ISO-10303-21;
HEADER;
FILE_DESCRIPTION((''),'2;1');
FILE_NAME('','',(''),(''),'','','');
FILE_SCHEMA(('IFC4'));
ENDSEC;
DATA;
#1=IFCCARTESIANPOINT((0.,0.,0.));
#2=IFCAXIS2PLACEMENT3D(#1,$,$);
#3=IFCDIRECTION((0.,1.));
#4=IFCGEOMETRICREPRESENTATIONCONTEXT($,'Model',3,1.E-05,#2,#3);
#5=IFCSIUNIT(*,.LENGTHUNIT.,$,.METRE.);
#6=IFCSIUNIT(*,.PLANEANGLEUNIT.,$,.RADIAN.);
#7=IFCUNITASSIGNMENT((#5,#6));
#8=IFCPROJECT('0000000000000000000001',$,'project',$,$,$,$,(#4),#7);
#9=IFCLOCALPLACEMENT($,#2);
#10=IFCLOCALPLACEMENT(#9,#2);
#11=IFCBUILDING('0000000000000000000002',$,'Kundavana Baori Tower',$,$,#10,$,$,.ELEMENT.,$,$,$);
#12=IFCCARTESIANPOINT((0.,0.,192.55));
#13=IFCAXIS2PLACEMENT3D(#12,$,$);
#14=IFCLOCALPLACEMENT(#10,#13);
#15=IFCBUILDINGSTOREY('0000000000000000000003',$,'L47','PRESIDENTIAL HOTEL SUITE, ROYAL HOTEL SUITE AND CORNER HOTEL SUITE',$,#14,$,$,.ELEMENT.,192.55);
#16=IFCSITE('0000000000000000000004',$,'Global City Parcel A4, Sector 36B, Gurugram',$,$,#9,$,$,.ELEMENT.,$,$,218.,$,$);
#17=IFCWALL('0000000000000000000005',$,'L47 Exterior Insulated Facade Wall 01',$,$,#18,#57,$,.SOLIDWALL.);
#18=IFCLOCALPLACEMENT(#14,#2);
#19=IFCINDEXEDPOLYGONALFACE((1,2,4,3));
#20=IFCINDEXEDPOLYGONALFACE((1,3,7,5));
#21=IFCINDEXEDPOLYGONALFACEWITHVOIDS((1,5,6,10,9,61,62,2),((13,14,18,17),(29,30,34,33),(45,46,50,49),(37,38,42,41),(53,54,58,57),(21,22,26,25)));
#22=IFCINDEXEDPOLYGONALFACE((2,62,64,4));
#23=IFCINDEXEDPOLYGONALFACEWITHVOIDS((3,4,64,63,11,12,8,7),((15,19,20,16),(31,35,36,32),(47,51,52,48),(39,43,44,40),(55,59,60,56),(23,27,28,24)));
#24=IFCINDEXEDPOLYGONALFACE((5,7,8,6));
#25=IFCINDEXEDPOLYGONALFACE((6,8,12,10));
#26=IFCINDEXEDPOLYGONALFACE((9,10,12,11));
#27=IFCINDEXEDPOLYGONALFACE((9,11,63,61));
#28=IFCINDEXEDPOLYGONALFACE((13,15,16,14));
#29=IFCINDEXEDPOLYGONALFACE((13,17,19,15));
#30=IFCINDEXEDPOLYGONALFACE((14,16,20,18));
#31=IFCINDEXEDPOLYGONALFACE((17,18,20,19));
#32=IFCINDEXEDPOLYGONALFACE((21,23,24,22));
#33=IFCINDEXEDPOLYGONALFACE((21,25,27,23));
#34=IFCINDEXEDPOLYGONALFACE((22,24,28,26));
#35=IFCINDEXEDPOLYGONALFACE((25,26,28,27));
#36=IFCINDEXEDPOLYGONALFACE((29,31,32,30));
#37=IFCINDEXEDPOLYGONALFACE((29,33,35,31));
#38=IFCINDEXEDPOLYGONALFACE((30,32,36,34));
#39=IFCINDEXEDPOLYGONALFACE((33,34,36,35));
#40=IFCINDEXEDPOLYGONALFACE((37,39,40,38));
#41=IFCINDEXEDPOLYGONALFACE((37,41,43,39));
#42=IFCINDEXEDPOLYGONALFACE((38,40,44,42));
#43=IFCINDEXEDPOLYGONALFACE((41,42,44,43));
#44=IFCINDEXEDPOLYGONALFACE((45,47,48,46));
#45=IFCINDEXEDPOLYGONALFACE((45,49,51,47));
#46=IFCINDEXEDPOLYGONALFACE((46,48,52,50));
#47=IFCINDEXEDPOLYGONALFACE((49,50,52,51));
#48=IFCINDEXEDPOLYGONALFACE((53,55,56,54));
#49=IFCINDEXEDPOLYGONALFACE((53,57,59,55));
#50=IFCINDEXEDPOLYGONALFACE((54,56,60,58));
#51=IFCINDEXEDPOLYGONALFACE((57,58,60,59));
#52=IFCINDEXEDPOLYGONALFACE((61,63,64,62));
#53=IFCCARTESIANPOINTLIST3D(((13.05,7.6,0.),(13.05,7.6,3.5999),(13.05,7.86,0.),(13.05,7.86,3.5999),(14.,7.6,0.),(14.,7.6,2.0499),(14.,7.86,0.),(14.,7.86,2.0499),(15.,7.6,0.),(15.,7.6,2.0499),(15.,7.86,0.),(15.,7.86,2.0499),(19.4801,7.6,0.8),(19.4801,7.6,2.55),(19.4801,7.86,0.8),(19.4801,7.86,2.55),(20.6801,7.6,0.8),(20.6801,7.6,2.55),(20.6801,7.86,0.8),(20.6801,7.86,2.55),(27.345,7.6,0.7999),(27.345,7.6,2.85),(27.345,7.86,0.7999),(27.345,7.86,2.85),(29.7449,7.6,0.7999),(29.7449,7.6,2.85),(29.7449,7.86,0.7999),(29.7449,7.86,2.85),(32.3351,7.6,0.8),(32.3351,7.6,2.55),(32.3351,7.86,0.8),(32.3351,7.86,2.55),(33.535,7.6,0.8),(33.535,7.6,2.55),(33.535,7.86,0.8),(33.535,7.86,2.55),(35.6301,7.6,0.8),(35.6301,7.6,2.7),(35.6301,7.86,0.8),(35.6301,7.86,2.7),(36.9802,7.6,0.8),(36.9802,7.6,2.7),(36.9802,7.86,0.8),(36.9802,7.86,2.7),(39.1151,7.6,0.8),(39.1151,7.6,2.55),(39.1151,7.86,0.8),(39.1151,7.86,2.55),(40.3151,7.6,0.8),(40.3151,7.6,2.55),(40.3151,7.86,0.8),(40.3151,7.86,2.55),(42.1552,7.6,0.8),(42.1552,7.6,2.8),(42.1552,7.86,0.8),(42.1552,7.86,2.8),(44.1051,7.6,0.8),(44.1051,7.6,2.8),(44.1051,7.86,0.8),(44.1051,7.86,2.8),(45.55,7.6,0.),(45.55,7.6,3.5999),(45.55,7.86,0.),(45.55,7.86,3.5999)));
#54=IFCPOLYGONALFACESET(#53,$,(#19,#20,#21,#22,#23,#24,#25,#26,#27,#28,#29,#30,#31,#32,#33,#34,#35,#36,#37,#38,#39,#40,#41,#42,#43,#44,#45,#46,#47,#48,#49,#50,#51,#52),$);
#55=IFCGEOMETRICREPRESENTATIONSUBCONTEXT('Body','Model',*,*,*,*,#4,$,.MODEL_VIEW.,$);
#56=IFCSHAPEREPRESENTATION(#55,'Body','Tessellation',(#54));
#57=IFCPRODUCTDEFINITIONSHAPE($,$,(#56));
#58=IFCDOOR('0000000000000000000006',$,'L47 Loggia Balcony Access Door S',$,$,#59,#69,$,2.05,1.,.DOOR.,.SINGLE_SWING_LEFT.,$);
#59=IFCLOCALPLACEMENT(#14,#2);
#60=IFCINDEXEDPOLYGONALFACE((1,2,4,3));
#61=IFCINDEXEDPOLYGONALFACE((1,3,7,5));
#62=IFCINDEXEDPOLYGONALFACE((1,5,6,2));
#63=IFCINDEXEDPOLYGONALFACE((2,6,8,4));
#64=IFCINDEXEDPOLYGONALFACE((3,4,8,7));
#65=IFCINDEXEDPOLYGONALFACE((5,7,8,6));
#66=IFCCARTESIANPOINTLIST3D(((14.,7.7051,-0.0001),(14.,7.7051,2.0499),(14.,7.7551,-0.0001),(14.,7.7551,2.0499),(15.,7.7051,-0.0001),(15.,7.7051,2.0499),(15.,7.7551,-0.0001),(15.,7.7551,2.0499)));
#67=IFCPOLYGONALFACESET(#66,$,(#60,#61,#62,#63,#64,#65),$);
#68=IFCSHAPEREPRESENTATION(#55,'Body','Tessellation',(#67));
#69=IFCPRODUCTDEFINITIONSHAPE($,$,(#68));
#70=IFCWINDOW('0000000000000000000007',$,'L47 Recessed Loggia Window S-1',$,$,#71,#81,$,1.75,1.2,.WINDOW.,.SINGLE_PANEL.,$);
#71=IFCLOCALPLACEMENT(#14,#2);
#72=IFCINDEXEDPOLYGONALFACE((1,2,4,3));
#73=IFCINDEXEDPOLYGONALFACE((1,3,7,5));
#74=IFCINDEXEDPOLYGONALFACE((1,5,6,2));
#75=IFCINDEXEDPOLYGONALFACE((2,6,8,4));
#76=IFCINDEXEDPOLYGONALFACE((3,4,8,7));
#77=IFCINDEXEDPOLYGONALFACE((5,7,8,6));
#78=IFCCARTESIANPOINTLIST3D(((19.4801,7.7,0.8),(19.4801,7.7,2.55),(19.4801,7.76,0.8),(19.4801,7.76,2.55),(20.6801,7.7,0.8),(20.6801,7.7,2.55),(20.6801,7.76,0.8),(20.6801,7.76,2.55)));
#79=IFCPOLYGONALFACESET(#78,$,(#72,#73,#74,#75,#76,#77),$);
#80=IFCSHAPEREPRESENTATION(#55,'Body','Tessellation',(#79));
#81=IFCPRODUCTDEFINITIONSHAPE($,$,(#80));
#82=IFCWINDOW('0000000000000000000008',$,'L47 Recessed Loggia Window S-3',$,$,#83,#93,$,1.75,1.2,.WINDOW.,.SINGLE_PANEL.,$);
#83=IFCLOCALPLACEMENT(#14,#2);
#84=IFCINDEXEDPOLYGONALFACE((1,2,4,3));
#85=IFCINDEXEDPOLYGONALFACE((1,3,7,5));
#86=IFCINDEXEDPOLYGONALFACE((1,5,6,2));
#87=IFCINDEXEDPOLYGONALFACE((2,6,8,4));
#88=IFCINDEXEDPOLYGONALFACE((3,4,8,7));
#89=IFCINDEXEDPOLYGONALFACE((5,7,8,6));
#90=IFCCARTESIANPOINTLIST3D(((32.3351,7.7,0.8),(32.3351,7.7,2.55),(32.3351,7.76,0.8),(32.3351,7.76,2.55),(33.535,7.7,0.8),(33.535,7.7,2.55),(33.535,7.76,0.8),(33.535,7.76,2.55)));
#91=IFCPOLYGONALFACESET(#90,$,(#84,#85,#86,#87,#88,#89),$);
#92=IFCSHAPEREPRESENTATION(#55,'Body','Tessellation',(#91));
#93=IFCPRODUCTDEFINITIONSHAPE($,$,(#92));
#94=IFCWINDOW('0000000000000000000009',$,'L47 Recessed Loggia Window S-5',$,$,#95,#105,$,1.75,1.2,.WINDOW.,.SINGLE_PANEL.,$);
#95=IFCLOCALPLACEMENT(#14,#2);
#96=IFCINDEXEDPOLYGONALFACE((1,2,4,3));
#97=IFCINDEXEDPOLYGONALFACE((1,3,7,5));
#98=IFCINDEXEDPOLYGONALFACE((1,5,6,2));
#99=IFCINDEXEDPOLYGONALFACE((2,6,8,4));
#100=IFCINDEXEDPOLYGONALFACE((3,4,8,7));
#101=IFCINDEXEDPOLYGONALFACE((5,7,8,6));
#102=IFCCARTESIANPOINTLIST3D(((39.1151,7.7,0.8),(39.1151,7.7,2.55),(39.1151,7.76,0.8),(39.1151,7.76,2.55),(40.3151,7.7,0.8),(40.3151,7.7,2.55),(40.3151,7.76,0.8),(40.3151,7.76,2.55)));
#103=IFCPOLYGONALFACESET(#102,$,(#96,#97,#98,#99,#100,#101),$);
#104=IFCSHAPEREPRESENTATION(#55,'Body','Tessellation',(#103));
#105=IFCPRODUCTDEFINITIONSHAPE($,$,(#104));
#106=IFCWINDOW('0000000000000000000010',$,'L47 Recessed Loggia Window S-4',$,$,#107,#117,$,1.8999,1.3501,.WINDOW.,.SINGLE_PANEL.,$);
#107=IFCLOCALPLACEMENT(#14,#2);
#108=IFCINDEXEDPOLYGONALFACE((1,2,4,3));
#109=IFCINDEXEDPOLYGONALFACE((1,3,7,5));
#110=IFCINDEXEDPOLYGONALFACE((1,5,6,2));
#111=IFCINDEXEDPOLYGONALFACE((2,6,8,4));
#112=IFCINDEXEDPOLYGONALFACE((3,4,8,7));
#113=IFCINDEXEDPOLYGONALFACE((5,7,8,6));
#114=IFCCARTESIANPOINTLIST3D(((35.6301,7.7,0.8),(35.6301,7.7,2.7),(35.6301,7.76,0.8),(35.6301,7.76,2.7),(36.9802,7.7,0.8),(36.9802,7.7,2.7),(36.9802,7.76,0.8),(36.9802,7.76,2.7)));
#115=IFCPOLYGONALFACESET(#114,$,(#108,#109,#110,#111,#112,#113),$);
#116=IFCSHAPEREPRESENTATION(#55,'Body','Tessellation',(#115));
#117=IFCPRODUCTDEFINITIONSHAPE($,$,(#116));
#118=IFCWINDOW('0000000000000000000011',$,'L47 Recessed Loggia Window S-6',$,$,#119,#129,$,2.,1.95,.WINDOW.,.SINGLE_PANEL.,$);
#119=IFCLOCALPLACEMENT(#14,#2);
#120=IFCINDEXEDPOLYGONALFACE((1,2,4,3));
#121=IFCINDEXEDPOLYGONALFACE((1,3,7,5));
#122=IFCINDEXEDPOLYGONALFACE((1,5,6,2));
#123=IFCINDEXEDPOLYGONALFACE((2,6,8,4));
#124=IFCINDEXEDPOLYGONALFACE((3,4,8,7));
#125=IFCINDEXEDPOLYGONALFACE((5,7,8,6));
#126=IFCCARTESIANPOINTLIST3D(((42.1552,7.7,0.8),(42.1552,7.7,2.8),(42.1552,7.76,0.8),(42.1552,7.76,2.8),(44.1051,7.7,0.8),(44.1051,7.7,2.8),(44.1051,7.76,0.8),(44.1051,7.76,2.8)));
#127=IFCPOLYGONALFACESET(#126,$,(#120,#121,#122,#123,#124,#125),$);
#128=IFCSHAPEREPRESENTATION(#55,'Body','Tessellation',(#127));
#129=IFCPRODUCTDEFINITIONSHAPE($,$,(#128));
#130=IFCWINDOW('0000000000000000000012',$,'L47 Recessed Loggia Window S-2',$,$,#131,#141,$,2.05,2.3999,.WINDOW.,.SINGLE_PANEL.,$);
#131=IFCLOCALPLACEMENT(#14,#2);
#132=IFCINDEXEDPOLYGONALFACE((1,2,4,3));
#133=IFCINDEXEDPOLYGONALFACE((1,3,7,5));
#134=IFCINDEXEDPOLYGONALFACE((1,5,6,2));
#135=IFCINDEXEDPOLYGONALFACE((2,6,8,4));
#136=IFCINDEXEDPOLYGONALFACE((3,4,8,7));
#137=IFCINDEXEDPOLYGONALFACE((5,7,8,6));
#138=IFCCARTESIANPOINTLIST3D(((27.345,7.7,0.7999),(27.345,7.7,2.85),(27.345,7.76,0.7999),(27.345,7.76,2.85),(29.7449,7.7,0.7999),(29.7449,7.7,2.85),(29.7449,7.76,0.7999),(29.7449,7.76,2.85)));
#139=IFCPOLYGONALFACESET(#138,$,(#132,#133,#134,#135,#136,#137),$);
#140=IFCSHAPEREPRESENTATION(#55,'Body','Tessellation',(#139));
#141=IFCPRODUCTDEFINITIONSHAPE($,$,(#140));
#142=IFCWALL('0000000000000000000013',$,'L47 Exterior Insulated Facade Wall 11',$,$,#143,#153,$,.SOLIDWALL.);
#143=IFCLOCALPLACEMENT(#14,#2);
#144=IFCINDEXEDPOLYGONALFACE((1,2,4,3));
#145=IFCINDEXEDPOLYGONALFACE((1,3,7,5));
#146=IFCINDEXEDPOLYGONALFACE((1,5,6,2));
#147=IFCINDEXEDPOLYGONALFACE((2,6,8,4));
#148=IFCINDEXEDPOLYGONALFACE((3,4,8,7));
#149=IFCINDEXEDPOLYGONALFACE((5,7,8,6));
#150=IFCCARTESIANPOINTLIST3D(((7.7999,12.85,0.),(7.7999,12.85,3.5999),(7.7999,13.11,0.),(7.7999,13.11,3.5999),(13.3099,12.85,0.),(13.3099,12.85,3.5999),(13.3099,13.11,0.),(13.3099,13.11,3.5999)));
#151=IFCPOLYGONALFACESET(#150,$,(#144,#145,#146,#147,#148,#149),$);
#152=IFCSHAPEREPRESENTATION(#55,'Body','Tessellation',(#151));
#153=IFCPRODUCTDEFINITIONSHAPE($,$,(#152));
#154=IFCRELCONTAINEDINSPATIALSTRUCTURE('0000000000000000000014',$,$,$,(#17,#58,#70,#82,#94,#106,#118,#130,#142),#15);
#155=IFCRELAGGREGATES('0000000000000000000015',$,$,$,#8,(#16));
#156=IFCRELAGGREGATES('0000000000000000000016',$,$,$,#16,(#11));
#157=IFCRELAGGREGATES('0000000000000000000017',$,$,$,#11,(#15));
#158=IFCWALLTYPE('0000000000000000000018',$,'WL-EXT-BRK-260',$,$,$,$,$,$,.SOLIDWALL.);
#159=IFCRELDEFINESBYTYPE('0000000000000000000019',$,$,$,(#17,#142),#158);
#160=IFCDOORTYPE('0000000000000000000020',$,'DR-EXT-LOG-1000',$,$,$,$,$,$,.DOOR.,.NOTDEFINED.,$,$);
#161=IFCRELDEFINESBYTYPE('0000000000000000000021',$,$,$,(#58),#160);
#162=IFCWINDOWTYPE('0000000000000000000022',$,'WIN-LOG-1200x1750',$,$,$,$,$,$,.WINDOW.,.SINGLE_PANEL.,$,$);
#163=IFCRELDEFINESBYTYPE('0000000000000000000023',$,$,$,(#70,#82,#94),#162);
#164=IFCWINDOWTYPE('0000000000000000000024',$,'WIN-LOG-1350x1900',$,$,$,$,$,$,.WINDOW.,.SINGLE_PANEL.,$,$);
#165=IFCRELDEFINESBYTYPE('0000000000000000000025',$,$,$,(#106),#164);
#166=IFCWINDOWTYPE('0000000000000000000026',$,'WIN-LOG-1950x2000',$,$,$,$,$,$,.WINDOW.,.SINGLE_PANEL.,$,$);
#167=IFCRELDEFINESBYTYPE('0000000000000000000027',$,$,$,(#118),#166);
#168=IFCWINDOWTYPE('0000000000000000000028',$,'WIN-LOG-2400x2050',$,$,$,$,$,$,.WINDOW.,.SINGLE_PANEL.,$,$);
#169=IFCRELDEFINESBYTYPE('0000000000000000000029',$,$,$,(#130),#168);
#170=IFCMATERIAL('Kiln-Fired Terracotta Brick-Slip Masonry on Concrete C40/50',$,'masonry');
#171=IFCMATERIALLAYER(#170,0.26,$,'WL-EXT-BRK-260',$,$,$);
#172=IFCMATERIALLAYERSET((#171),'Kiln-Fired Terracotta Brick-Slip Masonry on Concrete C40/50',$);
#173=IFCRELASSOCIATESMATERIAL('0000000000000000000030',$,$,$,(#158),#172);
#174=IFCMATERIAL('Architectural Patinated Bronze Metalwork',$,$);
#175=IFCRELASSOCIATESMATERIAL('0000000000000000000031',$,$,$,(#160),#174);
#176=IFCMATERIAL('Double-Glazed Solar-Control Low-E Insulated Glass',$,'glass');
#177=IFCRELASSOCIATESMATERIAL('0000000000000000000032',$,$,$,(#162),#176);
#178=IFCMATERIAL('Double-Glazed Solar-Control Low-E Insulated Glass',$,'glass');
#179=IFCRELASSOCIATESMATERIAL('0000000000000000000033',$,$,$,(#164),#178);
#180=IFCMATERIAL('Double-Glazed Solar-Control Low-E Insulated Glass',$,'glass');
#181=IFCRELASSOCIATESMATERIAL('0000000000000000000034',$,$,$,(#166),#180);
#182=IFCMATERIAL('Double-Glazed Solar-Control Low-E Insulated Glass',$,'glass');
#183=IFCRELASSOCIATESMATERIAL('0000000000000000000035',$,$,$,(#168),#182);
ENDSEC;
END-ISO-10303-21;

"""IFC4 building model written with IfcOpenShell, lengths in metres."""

from ifc_helpers import new_model, si_unit, direction, frame, frame_2d, origin, place, context, subcontext, project, spatial, rectangle, extrude, material, layer, layer_set, type_object, element, fill, save


model = new_model("IFC4")

# Units and contexts
model_context = context("Model", 3, precision=1e-05, world=origin(), true_north=direction((0.0, 1.0)))
body_context = subcontext(model_context, "Body", "Model", "MODEL_VIEW")
ifc_project = project(units=[si_unit("LENGTHUNIT", "METRE"), si_unit("PLANEANGLEUNIT", "RADIAN")], contexts=[model_context])

# Site, building, storey
site_placement = place(None, origin())
site = spatial("IfcSite", under=ifc_project, at=site_placement, Name="Global City Parcel A4, Sector 36B, Gurugram", CompositionType="ELEMENT", RefElevation=218.0)
building_placement = place(site_placement, origin())
building = spatial("IfcBuilding", under=site, at=building_placement, Name="Kundavana Baori Tower", CompositionType="ELEMENT")
storey_placement = place(building_placement, frame((0.0, 0.0, 192.55)))
storey = spatial("IfcBuildingStorey", under=building, at=storey_placement, Name="L47", Description="PRESIDENTIAL HOTEL SUITE, ROYAL HOTEL SUITE AND CORNER HOTEL SUITE", CompositionType="ELEMENT", Elevation=192.55)

# Wall, openings, door, windows
ifc_material_1 = material(Name="Kiln-Fired Terracotta Brick-Slip Masonry on Concrete C40/50", Category="masonry")
ifc_layer_1 = layer(ifc_material_1, 0.26, Name="WL-EXT-BRK-260")
ifc_layer_set_1 = layer_set([ifc_layer_1], Name="Kiln-Fired Terracotta Brick-Slip Masonry on Concrete C40/50")
wall_type_1 = type_object("IfcWallType", Name="WL-EXT-BRK-260", PredefinedType="SOLIDWALL", material=ifc_layer_set_1)
wall_1_placement = place(storey_placement, frame((13.05, 7.73, 0.0), z_axis=(0.0, 0.0, 1.0), x_axis=(1.0, 0.0, 0.0)))
wall_1 = element("IfcWall", 1, at=wall_1_placement, inside=storey, type_object=wall_type_1, Name="L47 Exterior Insulated Facade Wall 01", PredefinedType="SOLIDWALL", context=body_context, shape_type="SweptSolid", body=[
    extrude(rectangle(XDim=32.5, YDim=0.26, at=frame_2d((16.25, 0.0))), origin(), (0.0, 0.0, 1.0), 3.5999),
])
opening_1_placement = place(wall_1_placement, frame((0.95, 0.0, 0.0)))
opening_1 = element("IfcOpeningElement", 2, at=opening_1_placement, cuts=wall_1, PredefinedType="OPENING", context=body_context, shape_type="SweptSolid", body=[
    extrude(rectangle(XDim=1.0, YDim=2.05, at=frame_2d((0.5, 1.0249))), frame((0.0, 0.1401, 0.0), z_axis=(0.0, -1.0, 0.0), x_axis=(1.0, 0.0, 0.0)), (0.0, 0.0, 1.0), 0.28),
])
opening_2_placement = place(wall_1_placement, frame((6.4299, 0.0, 0.8)))
opening_2 = element("IfcOpeningElement", 3, at=opening_2_placement, cuts=wall_1, PredefinedType="OPENING", context=body_context, shape_type="SweptSolid", body=[
    extrude(rectangle(XDim=1.2, YDim=1.75, at=frame_2d((0.6001, 0.875))), frame((0.0, 0.1401, 0.0), z_axis=(0.0, -1.0, 0.0), x_axis=(1.0, 0.0, 0.0)), (0.0, 0.0, 1.0), 0.28),
])
opening_3_placement = place(wall_1_placement, frame((14.2949, 0.0, 0.8)))
opening_3 = element("IfcOpeningElement", 4, at=opening_3_placement, cuts=wall_1, PredefinedType="OPENING", context=body_context, shape_type="SweptSolid", body=[
    extrude(rectangle(XDim=2.3999, YDim=2.05, at=frame_2d((1.2, 1.0249))), frame((0.0, 0.1401, 0.0), z_axis=(0.0, -1.0, 0.0), x_axis=(1.0, 0.0, 0.0)), (0.0, 0.0, 1.0), 0.28),
])
opening_4_placement = place(wall_1_placement, frame((19.2849, 0.0, 0.8)))
opening_4 = element("IfcOpeningElement", 5, at=opening_4_placement, cuts=wall_1, PredefinedType="OPENING", context=body_context, shape_type="SweptSolid", body=[
    extrude(rectangle(XDim=1.2, YDim=1.75, at=frame_2d((0.6001, 0.875))), frame((0.0, 0.1401, 0.0), z_axis=(0.0, -1.0, 0.0), x_axis=(1.0, 0.0, 0.0)), (0.0, 0.0, 1.0), 0.28),
])
opening_5_placement = place(wall_1_placement, frame((22.5801, 0.0, 0.8)))
opening_5 = element("IfcOpeningElement", 6, at=opening_5_placement, cuts=wall_1, PredefinedType="OPENING", context=body_context, shape_type="SweptSolid", body=[
    extrude(rectangle(XDim=1.3501, YDim=1.8999, at=frame_2d((0.675, 0.95))), frame((0.0, 0.1401, 0.0), z_axis=(0.0, -1.0, 0.0), x_axis=(1.0, 0.0, 0.0)), (0.0, 0.0, 1.0), 0.28),
])
opening_6_placement = place(wall_1_placement, frame((26.0649, 0.0, 0.8)))
opening_6 = element("IfcOpeningElement", 7, at=opening_6_placement, cuts=wall_1, PredefinedType="OPENING", context=body_context, shape_type="SweptSolid", body=[
    extrude(rectangle(XDim=1.2, YDim=1.75, at=frame_2d((0.6001, 0.875))), frame((0.0, 0.1401, 0.0), z_axis=(0.0, -1.0, 0.0), x_axis=(1.0, 0.0, 0.0)), (0.0, 0.0, 1.0), 0.28),
])
opening_7_placement = place(wall_1_placement, frame((29.105, 0.0, 0.8)))
opening_7 = element("IfcOpeningElement", 8, at=opening_7_placement, cuts=wall_1, PredefinedType="OPENING", context=body_context, shape_type="SweptSolid", body=[
    extrude(rectangle(XDim=1.95, YDim=2.0, at=frame_2d((0.9751, 1.0))), frame((0.0, 0.1401, 0.0), z_axis=(0.0, -1.0, 0.0), x_axis=(1.0, 0.0, 0.0)), (0.0, 0.0, 1.0), 0.28),
])
ifc_material_2 = material(Name="Architectural Patinated Bronze Metalwork")
door_type = type_object("IfcDoorType", Name="DR-EXT-LOG-1000", OperationType="NOTDEFINED", PredefinedType="DOOR", material=ifc_material_2)
door_placement = place(opening_1_placement, frame((1.0, 0.0, 0.0), z_axis=(0.0, 0.0, 1.0), x_axis=(-1.0, 0.0, 0.0)))
door = element("IfcDoor", 9, at=door_placement, inside=storey, type_object=door_type, Name="L47 Loggia Balcony Access Door S", OperationType="SINGLE_SWING_LEFT", OverallHeight=2.05, OverallWidth=1.0, PredefinedType="DOOR", context=body_context, shape_type="SweptSolid", body=[
    extrude(rectangle(XDim=1.0, YDim=2.05, at=frame_2d((0.5, 1.0249))), frame((0.0, 0.0249, 0.0), z_axis=(0.0, -1.0, 0.0), x_axis=(1.0, 0.0, 0.0)), (0.0, 0.0, 1.0), 0.05),
])
fill(opening_1, door)
ifc_material_3 = material(Name="Double-Glazed Solar-Control Low-E Insulated Glass", Category="glass")
window_type_1 = type_object("IfcWindowType", Name="WIN-LOG-1200x1750", PartitioningType="SINGLE_PANEL", PredefinedType="WINDOW", material=ifc_material_3)
window_1_placement = place(opening_2_placement, origin())
window_1 = element("IfcWindow", 10, at=window_1_placement, inside=storey, type_object=window_type_1, Name="L47 Recessed Loggia Window S-1", OverallHeight=1.75, OverallWidth=1.2, PartitioningType="SINGLE_PANEL", PredefinedType="WINDOW", context=body_context, shape_type="SweptSolid", body=[
    extrude(rectangle(XDim=1.2, YDim=1.75, at=frame_2d((0.6001, 0.875))), frame((0.0, 0.03, 0.0), z_axis=(0.0, -1.0, 0.0), x_axis=(1.0, 0.0, 0.0)), (0.0, 0.0, 1.0), 0.0601),
])
fill(opening_2, window_1)
window_2_placement = place(opening_4_placement, origin())
window_2 = element("IfcWindow", 11, at=window_2_placement, inside=storey, type_object=window_type_1, Name="L47 Recessed Loggia Window S-3", OverallHeight=1.75, OverallWidth=1.2, PartitioningType="SINGLE_PANEL", PredefinedType="WINDOW", context=body_context, shape_type="SweptSolid", body=[
    extrude(rectangle(XDim=1.2, YDim=1.75, at=frame_2d((0.6001, 0.875))), frame((0.0, 0.03, 0.0), z_axis=(0.0, -1.0, 0.0), x_axis=(1.0, 0.0, 0.0)), (0.0, 0.0, 1.0), 0.0601),
])
fill(opening_4, window_2)
window_3_placement = place(opening_6_placement, origin())
window_3 = element("IfcWindow", 12, at=window_3_placement, inside=storey, type_object=window_type_1, Name="L47 Recessed Loggia Window S-5", OverallHeight=1.75, OverallWidth=1.2, PartitioningType="SINGLE_PANEL", PredefinedType="WINDOW", context=body_context, shape_type="SweptSolid", body=[
    extrude(rectangle(XDim=1.2, YDim=1.75, at=frame_2d((0.6001, 0.875))), frame((0.0, 0.03, 0.0), z_axis=(0.0, -1.0, 0.0), x_axis=(1.0, 0.0, 0.0)), (0.0, 0.0, 1.0), 0.0601),
])
fill(opening_6, window_3)
ifc_material_4 = material(Name="Double-Glazed Solar-Control Low-E Insulated Glass", Category="glass")
window_type_2 = type_object("IfcWindowType", Name="WIN-LOG-1350x1900", PartitioningType="SINGLE_PANEL", PredefinedType="WINDOW", material=ifc_material_4)
window_4_placement = place(opening_5_placement, origin())
window_4 = element("IfcWindow", 13, at=window_4_placement, inside=storey, type_object=window_type_2, Name="L47 Recessed Loggia Window S-4", OverallHeight=1.8999, OverallWidth=1.3501, PartitioningType="SINGLE_PANEL", PredefinedType="WINDOW", context=body_context, shape_type="SweptSolid", body=[
    extrude(rectangle(XDim=1.3501, YDim=1.8999, at=frame_2d((0.675, 0.95))), frame((0.0, 0.03, 0.0), z_axis=(0.0, -1.0, 0.0), x_axis=(1.0, 0.0, 0.0)), (0.0, 0.0, 1.0), 0.0601),
])
fill(opening_5, window_4)
ifc_material_5 = material(Name="Double-Glazed Solar-Control Low-E Insulated Glass", Category="glass")
window_type_3 = type_object("IfcWindowType", Name="WIN-LOG-1950x2000", PartitioningType="SINGLE_PANEL", PredefinedType="WINDOW", material=ifc_material_5)
window_5_placement = place(opening_7_placement, origin())
window_5 = element("IfcWindow", 14, at=window_5_placement, inside=storey, type_object=window_type_3, Name="L47 Recessed Loggia Window S-6", OverallHeight=2.0, OverallWidth=1.95, PartitioningType="SINGLE_PANEL", PredefinedType="WINDOW", context=body_context, shape_type="SweptSolid", body=[
    extrude(rectangle(XDim=1.95, YDim=2.0, at=frame_2d((0.9751, 1.0))), frame((0.0, 0.03, 0.0), z_axis=(0.0, -1.0, 0.0), x_axis=(1.0, 0.0, 0.0)), (0.0, 0.0, 1.0), 0.0601),
])
fill(opening_7, window_5)
ifc_material_6 = material(Name="Double-Glazed Solar-Control Low-E Insulated Glass", Category="glass")
window_type_4 = type_object("IfcWindowType", Name="WIN-LOG-2400x2050", PartitioningType="SINGLE_PANEL", PredefinedType="WINDOW", material=ifc_material_6)
window_6_placement = place(opening_3_placement, origin())
window_6 = element("IfcWindow", 15, at=window_6_placement, inside=storey, type_object=window_type_4, Name="L47 Recessed Loggia Window S-2", OverallHeight=2.05, OverallWidth=2.3999, PartitioningType="SINGLE_PANEL", PredefinedType="WINDOW", context=body_context, shape_type="SweptSolid", body=[
    extrude(rectangle(XDim=2.3999, YDim=2.05, at=frame_2d((1.2, 1.0249))), frame((0.0, 0.03, 0.0), z_axis=(0.0, -1.0, 0.0), x_axis=(1.0, 0.0, 0.0)), (0.0, 0.0, 1.0), 0.0601),
])
fill(opening_3, window_6)

# Wall
wall_2_placement = place(storey_placement, frame((7.8, 12.98, 0.0), z_axis=(0.0, 0.0, 1.0), x_axis=(1.0, 0.0, 0.0)))
element("IfcWall", 16, at=wall_2_placement, inside=storey, type_object=wall_type_1, Name="L47 Exterior Insulated Facade Wall 11", PredefinedType="SOLIDWALL", context=body_context, shape_type="SweptSolid", body=[
    extrude(rectangle(XDim=5.51, YDim=0.26, at=frame_2d((2.7549, 0.0))), origin(), (0.0, 0.0, 1.0), 3.5999),
])

save(model, "model.ifc")
